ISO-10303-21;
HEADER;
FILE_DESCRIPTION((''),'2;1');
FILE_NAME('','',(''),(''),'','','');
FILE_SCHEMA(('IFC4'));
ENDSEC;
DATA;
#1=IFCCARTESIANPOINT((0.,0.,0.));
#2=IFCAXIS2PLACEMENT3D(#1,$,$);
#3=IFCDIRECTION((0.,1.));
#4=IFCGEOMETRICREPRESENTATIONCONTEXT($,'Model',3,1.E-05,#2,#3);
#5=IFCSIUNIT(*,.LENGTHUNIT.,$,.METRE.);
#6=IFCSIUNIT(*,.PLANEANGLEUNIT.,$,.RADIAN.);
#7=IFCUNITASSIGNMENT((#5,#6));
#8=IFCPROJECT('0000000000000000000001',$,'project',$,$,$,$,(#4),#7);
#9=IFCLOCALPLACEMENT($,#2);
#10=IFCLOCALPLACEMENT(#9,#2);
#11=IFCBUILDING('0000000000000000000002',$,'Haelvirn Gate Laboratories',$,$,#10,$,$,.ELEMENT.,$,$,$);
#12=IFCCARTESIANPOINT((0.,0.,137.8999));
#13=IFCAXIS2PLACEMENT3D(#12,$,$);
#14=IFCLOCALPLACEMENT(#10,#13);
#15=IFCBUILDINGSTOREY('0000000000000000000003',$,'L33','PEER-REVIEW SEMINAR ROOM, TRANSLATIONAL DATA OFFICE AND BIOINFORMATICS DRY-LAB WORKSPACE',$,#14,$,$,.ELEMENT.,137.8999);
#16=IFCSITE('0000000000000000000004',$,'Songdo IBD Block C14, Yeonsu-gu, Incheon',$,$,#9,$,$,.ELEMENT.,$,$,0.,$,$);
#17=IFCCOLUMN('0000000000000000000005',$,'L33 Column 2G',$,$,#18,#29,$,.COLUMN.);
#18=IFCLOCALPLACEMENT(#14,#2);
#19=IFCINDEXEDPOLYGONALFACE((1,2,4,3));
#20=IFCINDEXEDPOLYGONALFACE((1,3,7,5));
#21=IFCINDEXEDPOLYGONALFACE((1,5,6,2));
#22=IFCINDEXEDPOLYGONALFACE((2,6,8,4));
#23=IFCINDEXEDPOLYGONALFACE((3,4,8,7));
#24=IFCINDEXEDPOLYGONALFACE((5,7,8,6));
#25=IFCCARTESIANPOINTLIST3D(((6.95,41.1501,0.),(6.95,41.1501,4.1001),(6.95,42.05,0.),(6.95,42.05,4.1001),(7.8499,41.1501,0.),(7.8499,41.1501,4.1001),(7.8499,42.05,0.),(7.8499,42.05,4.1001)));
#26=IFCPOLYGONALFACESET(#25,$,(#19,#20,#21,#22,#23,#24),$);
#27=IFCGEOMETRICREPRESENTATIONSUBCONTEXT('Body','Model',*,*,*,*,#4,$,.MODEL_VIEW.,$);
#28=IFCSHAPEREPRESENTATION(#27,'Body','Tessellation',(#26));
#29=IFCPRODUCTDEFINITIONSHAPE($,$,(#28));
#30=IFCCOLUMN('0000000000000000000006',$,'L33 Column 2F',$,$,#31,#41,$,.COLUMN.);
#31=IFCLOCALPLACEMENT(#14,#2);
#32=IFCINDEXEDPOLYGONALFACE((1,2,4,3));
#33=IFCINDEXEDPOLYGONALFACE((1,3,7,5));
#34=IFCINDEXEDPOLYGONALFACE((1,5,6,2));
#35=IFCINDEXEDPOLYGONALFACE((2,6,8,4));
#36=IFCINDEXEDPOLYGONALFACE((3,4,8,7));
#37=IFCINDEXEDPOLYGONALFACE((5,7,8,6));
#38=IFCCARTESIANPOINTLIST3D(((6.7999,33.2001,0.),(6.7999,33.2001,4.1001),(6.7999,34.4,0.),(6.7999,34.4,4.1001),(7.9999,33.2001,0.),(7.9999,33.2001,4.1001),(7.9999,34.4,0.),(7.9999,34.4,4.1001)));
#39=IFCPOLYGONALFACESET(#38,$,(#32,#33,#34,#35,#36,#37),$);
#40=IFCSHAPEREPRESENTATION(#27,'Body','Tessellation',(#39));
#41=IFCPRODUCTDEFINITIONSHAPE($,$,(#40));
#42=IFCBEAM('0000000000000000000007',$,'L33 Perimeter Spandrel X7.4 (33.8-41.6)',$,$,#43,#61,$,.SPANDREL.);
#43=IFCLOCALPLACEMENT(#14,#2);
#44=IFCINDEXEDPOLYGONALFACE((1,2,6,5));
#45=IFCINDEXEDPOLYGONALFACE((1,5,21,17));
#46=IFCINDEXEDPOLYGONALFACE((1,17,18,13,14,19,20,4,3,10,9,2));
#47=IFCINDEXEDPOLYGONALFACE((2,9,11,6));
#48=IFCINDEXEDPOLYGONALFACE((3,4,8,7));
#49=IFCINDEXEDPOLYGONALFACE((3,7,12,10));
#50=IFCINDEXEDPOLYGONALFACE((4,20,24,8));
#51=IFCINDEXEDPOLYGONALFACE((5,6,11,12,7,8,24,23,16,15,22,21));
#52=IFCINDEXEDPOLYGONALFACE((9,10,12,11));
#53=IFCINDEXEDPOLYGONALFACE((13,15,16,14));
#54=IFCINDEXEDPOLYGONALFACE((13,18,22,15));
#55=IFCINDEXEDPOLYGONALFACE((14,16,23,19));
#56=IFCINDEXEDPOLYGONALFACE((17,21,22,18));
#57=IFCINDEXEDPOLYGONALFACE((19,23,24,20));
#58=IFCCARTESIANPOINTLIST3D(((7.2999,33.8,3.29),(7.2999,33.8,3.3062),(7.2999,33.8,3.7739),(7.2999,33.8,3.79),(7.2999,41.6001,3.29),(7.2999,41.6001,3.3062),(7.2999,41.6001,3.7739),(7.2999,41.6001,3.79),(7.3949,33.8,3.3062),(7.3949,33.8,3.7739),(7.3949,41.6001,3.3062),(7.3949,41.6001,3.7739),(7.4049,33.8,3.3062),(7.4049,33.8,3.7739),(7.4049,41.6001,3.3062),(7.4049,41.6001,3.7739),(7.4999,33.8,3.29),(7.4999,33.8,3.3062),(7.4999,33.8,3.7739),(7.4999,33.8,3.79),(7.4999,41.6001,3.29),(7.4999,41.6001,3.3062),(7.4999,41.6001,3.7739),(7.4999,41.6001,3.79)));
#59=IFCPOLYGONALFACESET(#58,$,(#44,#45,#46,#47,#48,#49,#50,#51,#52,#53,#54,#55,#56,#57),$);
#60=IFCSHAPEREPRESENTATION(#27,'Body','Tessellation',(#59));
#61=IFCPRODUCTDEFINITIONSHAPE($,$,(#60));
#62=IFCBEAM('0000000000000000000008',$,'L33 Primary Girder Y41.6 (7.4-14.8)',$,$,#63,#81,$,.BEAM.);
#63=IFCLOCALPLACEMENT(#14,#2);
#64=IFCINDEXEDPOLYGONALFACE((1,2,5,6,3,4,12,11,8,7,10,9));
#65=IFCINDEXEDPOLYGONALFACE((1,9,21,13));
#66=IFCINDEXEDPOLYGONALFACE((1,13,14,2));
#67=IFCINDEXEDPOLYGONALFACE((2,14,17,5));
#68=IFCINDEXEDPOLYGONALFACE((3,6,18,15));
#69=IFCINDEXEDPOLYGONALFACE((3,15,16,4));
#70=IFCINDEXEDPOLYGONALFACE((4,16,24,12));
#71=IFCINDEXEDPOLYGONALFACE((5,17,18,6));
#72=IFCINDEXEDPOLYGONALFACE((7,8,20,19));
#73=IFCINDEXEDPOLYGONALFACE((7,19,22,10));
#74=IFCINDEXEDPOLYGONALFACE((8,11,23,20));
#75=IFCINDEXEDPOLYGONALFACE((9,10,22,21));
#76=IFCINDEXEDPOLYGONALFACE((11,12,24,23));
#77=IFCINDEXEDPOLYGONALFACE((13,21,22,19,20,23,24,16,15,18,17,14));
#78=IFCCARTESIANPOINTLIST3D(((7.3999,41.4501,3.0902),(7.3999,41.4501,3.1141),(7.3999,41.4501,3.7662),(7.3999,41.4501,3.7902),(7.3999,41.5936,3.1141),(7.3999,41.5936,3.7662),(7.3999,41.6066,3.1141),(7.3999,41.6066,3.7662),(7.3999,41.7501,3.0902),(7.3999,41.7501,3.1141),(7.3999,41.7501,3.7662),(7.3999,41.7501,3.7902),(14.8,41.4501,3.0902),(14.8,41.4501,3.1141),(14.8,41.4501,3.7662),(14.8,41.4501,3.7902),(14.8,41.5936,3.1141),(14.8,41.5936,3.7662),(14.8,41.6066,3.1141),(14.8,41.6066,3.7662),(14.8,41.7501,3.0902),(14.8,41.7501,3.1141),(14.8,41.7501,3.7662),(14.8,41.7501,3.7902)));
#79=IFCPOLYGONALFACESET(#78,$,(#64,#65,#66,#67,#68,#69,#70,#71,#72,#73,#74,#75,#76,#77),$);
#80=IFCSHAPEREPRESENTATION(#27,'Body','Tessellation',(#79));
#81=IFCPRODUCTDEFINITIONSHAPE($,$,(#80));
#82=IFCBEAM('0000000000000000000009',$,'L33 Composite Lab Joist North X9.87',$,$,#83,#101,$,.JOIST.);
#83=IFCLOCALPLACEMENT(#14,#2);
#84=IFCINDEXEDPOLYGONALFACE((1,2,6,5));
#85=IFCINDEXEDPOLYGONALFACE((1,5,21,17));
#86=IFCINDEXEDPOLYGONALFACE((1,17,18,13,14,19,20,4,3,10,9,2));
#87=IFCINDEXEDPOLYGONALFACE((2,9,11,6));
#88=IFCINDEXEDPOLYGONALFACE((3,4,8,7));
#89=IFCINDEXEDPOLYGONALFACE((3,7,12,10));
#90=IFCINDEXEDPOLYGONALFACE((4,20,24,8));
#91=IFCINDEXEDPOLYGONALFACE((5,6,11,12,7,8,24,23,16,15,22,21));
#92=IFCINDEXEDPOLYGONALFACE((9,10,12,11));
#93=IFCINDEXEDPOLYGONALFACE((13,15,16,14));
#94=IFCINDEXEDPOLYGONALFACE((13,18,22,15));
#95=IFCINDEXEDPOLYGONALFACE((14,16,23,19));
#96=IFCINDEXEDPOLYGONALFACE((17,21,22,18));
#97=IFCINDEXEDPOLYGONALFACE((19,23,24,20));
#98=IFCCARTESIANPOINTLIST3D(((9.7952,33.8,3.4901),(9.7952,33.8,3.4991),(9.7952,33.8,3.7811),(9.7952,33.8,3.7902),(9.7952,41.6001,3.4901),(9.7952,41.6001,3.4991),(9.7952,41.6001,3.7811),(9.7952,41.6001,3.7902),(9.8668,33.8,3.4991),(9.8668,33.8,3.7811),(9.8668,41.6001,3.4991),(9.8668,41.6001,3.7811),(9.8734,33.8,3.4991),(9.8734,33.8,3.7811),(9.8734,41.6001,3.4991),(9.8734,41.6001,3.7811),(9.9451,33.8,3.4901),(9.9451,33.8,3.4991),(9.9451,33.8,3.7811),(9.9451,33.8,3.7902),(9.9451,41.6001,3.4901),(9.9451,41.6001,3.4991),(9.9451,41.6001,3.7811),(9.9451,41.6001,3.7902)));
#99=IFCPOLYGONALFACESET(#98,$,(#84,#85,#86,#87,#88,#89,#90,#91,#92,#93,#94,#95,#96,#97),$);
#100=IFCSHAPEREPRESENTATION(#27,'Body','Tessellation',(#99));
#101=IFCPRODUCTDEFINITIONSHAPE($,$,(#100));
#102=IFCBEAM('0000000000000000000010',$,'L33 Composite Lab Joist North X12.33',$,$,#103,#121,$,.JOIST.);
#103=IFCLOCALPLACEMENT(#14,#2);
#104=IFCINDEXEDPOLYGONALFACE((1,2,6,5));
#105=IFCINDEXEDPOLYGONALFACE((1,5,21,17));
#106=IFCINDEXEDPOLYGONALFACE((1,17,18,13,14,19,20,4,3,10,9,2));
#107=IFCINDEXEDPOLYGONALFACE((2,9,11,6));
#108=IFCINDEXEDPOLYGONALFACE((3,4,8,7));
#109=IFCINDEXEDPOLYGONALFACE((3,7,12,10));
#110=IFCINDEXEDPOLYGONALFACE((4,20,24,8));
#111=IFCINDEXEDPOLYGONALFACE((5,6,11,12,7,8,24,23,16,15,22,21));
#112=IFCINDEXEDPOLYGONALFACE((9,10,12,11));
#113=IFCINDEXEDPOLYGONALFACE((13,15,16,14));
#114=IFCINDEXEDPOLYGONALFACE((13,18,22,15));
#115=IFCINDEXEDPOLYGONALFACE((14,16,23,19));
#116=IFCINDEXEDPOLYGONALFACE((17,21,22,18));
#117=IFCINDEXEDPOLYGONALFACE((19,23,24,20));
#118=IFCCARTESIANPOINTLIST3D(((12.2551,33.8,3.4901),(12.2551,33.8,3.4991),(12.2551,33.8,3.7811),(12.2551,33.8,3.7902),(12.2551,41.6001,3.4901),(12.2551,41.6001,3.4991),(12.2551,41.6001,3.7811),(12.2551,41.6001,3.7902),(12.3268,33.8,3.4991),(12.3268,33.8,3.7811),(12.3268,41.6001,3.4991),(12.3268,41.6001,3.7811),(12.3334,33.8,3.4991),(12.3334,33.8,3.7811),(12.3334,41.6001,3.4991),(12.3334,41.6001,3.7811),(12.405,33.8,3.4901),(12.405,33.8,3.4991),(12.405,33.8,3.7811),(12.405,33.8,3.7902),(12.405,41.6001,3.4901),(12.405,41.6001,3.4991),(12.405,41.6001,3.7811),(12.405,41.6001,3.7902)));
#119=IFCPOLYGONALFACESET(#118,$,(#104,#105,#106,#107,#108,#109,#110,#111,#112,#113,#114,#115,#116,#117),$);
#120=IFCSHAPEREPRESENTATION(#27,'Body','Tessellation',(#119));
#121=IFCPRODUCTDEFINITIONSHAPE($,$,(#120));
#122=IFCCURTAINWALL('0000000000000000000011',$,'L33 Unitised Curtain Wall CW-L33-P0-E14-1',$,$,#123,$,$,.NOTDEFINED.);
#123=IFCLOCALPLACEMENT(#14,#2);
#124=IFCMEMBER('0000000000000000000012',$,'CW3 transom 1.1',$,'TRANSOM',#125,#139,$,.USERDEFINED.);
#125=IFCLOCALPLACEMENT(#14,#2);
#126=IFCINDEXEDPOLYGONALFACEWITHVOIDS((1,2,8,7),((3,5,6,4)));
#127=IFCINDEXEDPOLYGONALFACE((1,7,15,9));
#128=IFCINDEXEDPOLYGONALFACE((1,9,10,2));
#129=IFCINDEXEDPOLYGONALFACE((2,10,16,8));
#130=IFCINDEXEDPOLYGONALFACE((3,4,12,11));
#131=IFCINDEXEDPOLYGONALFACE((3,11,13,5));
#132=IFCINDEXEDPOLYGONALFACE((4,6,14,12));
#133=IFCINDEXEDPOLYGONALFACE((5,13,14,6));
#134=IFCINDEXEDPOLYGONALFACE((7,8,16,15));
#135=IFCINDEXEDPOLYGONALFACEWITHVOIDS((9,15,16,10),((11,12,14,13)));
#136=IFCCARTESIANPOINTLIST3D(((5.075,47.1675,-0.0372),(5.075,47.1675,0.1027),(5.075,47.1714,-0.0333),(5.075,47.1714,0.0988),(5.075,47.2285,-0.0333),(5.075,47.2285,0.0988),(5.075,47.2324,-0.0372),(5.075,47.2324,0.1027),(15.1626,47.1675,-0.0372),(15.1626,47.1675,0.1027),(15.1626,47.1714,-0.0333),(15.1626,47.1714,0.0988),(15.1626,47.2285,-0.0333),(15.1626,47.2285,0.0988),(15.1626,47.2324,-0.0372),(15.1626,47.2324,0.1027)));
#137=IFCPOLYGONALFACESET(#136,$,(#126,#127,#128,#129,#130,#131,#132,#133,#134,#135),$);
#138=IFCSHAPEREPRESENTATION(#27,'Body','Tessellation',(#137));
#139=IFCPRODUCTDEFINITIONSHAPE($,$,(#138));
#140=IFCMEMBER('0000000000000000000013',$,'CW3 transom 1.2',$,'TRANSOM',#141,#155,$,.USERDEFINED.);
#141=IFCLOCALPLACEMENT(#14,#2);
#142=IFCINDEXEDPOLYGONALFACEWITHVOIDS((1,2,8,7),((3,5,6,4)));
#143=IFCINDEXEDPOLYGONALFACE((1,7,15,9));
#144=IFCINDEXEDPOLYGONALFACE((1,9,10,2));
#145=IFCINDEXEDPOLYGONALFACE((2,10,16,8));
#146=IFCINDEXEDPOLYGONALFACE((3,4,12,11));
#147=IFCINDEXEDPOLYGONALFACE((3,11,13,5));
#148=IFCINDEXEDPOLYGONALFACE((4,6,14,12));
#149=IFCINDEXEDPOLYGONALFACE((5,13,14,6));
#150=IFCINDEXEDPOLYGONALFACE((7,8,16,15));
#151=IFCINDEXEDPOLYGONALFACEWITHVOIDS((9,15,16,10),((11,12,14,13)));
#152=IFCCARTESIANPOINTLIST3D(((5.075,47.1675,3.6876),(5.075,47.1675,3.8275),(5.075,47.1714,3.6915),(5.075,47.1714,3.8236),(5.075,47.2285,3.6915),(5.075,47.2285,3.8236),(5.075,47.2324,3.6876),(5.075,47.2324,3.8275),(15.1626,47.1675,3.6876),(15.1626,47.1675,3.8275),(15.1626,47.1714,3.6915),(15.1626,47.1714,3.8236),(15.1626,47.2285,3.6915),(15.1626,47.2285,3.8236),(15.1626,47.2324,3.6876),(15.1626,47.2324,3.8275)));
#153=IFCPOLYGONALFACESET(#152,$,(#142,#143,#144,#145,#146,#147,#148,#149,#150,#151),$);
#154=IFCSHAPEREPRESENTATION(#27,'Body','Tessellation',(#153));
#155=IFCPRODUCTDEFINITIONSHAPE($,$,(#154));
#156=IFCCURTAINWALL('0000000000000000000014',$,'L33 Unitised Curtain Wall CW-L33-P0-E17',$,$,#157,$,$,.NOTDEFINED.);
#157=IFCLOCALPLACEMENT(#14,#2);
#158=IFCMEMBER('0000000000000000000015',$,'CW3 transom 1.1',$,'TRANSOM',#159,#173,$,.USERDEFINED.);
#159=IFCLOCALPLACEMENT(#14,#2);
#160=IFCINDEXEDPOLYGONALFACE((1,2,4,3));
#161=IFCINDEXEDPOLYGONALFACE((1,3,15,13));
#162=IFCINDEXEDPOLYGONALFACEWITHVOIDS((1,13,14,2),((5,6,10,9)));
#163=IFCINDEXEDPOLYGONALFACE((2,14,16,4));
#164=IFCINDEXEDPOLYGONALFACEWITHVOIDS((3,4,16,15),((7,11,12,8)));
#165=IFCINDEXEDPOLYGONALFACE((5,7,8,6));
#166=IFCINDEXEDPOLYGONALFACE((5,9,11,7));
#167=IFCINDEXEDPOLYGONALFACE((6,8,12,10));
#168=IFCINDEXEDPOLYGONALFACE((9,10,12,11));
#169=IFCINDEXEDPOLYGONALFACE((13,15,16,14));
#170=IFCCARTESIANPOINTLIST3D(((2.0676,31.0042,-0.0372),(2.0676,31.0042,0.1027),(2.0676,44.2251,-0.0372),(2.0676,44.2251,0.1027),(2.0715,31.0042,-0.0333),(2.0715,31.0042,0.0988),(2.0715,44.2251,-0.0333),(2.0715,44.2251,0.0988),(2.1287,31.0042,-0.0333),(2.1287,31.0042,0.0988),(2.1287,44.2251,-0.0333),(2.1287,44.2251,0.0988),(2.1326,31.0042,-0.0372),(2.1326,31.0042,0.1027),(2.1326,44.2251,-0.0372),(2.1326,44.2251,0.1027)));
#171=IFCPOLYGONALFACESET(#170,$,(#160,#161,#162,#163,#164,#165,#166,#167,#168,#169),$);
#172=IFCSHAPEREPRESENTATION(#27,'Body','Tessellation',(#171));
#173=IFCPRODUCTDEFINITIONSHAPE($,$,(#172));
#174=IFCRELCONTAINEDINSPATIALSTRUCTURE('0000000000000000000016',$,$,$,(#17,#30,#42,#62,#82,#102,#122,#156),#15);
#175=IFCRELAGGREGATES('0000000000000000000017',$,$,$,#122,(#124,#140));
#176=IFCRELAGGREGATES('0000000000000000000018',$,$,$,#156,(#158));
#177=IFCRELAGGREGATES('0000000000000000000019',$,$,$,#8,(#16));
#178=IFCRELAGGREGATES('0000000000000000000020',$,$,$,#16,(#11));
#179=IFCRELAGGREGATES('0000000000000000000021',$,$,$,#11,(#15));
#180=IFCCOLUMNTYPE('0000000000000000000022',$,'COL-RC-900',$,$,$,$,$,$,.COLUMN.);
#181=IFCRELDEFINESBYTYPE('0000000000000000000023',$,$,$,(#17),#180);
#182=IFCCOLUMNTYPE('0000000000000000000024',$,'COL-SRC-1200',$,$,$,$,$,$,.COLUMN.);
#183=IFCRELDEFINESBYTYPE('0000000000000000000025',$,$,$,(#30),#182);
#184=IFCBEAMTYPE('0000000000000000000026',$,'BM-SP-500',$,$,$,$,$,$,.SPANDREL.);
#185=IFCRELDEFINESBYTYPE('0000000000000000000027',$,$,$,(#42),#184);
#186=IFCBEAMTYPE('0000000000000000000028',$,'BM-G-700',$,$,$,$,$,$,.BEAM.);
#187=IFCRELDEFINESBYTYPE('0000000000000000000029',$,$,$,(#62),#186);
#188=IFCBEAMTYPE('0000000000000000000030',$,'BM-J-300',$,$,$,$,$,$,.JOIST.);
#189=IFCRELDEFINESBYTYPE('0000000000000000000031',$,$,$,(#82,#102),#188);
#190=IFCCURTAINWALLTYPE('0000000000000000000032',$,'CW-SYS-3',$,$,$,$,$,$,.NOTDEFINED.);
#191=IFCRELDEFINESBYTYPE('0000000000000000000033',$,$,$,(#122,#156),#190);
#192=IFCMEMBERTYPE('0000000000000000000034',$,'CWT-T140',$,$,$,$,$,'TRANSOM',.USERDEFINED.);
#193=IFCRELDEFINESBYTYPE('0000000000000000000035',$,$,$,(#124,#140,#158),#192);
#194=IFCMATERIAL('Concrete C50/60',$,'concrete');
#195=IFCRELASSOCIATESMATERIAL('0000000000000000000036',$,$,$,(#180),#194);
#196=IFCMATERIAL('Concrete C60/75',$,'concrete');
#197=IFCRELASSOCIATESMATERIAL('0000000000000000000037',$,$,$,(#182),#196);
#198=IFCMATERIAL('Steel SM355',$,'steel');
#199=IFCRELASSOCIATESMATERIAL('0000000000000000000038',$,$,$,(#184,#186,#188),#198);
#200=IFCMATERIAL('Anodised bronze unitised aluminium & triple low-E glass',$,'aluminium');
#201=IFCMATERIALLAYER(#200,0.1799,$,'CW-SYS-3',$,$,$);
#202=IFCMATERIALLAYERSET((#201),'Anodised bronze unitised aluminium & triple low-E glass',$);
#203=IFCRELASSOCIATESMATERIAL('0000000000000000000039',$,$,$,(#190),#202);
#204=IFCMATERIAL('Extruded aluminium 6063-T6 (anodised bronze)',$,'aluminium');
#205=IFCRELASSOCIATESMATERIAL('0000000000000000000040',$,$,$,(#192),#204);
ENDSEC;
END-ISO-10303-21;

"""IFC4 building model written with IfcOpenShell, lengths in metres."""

from ifc_helpers import new_model, si_unit, direction, frame, origin, origin_2d, place, context, subcontext, project, spatial, rectangle, hollow_rectangle, i_section, extrude, source, transform, mapped, material, layer, layer_set, material_profile, profile_set, type_object, type_shapes, element, aggregate, save


model = new_model("IFC4")

# Units and contexts
model_context = context("Model", 3, precision=1e-05, world=origin(), true_north=direction((0.0, 1.0)))
body_context = subcontext(model_context, "Body", "Model", "MODEL_VIEW")
ifc_project = project(units=[si_unit("LENGTHUNIT", "METRE"), si_unit("PLANEANGLEUNIT", "RADIAN")], contexts=[model_context])

# Site, building, storey
site_placement = place(None, origin())
site = spatial("IfcSite", under=ifc_project, at=site_placement, Name="Songdo IBD Block C14, Yeonsu-gu, Incheon", CompositionType="ELEMENT", RefElevation=0.0)
building_placement = place(site_placement, origin())
building = spatial("IfcBuilding", under=site, at=building_placement, Name="Haelvirn Gate Laboratories", CompositionType="ELEMENT")
storey_placement = place(building_placement, frame((0.0, 0.0, 137.8999)))
storey = spatial("IfcBuildingStorey", under=building, at=storey_placement, Name="L33", Description="PEER-REVIEW SEMINAR ROOM, TRANSLATIONAL DATA OFFICE AND BIOINFORMATICS DRY-LAB WORKSPACE", CompositionType="ELEMENT", Elevation=137.8999)

# Columns
ifc_material_1 = material(Name="Concrete C50/60", Category="concrete")
ifc_material_profile_1 = material_profile(ifc_material_1, rectangle(XDim=0.8999, YDim=0.8999, at=origin_2d()), Name="RC-900x900")
ifc_profile_set_1 = profile_set([ifc_material_profile_1], Name="Concrete C50/60")
column_type_1 = type_object("IfcColumnType", Name="COL-RC-900", PredefinedType="COLUMN", material=ifc_profile_set_1)
shared_shape_1 = source(origin(), body_context, "Body", "SweptSolid", [
    extrude(rectangle(XDim=0.8999, YDim=0.8999, at=origin_2d()), origin(), (0.0, 0.0, 1.0), 4.1001),
])
type_shapes(column_type_1, [shared_shape_1])
column_1_placement = place(storey_placement, frame((7.3999, 41.6001, 0.0), z_axis=(0.0, 0.0, 1.0), x_axis=(1.0, 0.0, 0.0)))
element("IfcColumn", 1, at=column_1_placement, inside=storey, type_object=column_type_1, Name="L33 Column 2G", PredefinedType="COLUMN", context=body_context, shape_type="MappedRepresentation", body=[
    mapped(shared_shape_1, transform((0.0, 0.0, 0.0), scale=1.0)),
])
ifc_material_2 = material(Name="Concrete C60/75", Category="concrete")
ifc_material_profile_2 = material_profile(ifc_material_2, rectangle(XDim=1.2, YDim=1.2, at=origin_2d()), Name="SRC-1200x1200")
ifc_profile_set_2 = profile_set([ifc_material_profile_2], Name="Concrete C60/75")
column_type_2 = type_object("IfcColumnType", Name="COL-SRC-1200", PredefinedType="COLUMN", material=ifc_profile_set_2)
shared_shape_2 = source(origin(), body_context, "Body", "SweptSolid", [
    extrude(rectangle(XDim=1.2, YDim=1.2, at=origin_2d()), origin(), (0.0, 0.0, 1.0), 4.1001),
])
type_shapes(column_type_2, [shared_shape_2])
column_2_placement = place(storey_placement, frame((7.3999, 33.8, 0.0), z_axis=(0.0, 0.0, 1.0), x_axis=(1.0, 0.0, 0.0)))
element("IfcColumn", 2, at=column_2_placement, inside=storey, type_object=column_type_2, Name="L33 Column 2F", PredefinedType="COLUMN", context=body_context, shape_type="MappedRepresentation", body=[
    mapped(shared_shape_2, transform((0.0, 0.0, 0.0), scale=1.0)),
])

# Beams
ifc_material_3 = material(Name="Steel SM355", Category="steel")
ifc_material_profile_3 = material_profile(ifc_material_3, i_section(OverallWidth=0.2, OverallDepth=0.5, WebThickness=0.01, FlangeThickness=0.0161, at=origin_2d()), Name="H-500x200x10x16")
ifc_profile_set_3 = profile_set([ifc_material_profile_3], Name="Steel SM355")
beam_type_1 = type_object("IfcBeamType", Name="BM-SP-500", PredefinedType="SPANDREL", material=ifc_profile_set_3)
shared_shape_3 = source(origin(), body_context, "Body", "SweptSolid", [
    extrude(i_section(OverallWidth=0.2, OverallDepth=0.5, WebThickness=0.01, FlangeThickness=0.0161, at=origin_2d()), origin(), (0.0, 0.0, 1.0), 7.8),
])
type_shapes(beam_type_1, [shared_shape_3])
beam_1_placement = place(storey_placement, frame((7.3999, 33.8, 3.54), z_axis=(0.0, 1.0, 0.0), x_axis=(-1.0, 0.0, 0.0)))
element("IfcBeam", 3, at=beam_1_placement, inside=storey, type_object=beam_type_1, Name="L33 Perimeter Spandrel X7.4 (33.8-41.6)", PredefinedType="SPANDREL", context=body_context, shape_type="MappedRepresentation", body=[
    mapped(shared_shape_3, transform((0.0, 0.0, 0.0), scale=1.0)),
])
ifc_material_profile_4 = material_profile(ifc_material_3, i_section(OverallWidth=0.3, OverallDepth=0.7, WebThickness=0.0129, FlangeThickness=0.0239, at=origin_2d()), Name="H-700x300x13x24")
ifc_profile_set_4 = profile_set([ifc_material_profile_4], Name="Steel SM355")
beam_type_2 = type_object("IfcBeamType", Name="BM-G-700", PredefinedType="BEAM", material=ifc_profile_set_4)
shared_shape_4 = source(origin(), body_context, "Body", "SweptSolid", [
    extrude(i_section(OverallWidth=0.3, OverallDepth=0.7, WebThickness=0.0129, FlangeThickness=0.0239, at=origin_2d()), origin(), (0.0, 0.0, 1.0), 7.4001),
])
type_shapes(beam_type_2, [shared_shape_4])
beam_2_placement = place(storey_placement, frame((7.3999, 41.6001, 3.4402), z_axis=(1.0, 0.0, 0.0), x_axis=(0.0, 1.0, 0.0)))
element("IfcBeam", 4, at=beam_2_placement, inside=storey, type_object=beam_type_2, Name="L33 Primary Girder Y41.6 (7.4-14.8)", PredefinedType="BEAM", context=body_context, shape_type="MappedRepresentation", body=[
    mapped(shared_shape_4, transform((0.0, 0.0, 0.0), scale=1.0)),
])
ifc_material_profile_5 = material_profile(ifc_material_3, i_section(OverallWidth=0.1499, OverallDepth=0.3, WebThickness=0.0066, FlangeThickness=0.009, at=origin_2d()), Name="H-300x150x6.5x9")
ifc_profile_set_5 = profile_set([ifc_material_profile_5], Name="Steel SM355")
beam_type_3 = type_object("IfcBeamType", Name="BM-J-300", PredefinedType="JOIST", material=ifc_profile_set_5)
shared_shape_5 = source(origin(), body_context, "Body", "SweptSolid", [
    extrude(i_section(OverallWidth=0.1499, OverallDepth=0.3, WebThickness=0.0066, FlangeThickness=0.009, at=origin_2d()), origin(), (0.0, 0.0, 1.0), 7.8),
])
type_shapes(beam_type_3, [shared_shape_5])
for number, where, z_axis, x_axis, name in (
    (5, (9.8701, 33.8, 3.6401), (0.0, 1.0, 0.0), (-1.0, 0.0, 0.0), "L33 Composite Lab Joist North X9.87"),
    (6, (12.3301, 33.8, 3.6401), (0.0, 1.0, 0.0), (-1.0, 0.0, 0.0), "L33 Composite Lab Joist North X12.33"),
):
    element("IfcBeam", number, at=place(storey_placement, frame(where, z_axis=z_axis, x_axis=x_axis)), inside=storey, type_object=beam_type_3, Name=name, PredefinedType="JOIST", context=body_context, shape_type="MappedRepresentation", body=[
        mapped(shared_shape_5, transform((0.0, 0.0, 0.0), scale=1.0)),
    ])

# Curtain walls, members
ifc_material_4 = material(Name="Anodised bronze unitised aluminium & triple low-E glass", Category="aluminium")
ifc_layer_1 = layer(ifc_material_4, 0.1799, Name="CW-SYS-3")
ifc_layer_set_1 = layer_set([ifc_layer_1], Name="Anodised bronze unitised aluminium & triple low-E glass")
curtain_wall_type_1 = type_object("IfcCurtainWallType", Name="CW-SYS-3", PredefinedType="NOTDEFINED", material=ifc_layer_set_1)
curtain_wall_1_placement = place(storey_placement, origin())
curtain_wall_1 = element("IfcCurtainWall", 7, at=curtain_wall_1_placement, inside=storey, type_object=curtain_wall_type_1, Name="L33 Unitised Curtain Wall CW-L33-P0-E14-1", PredefinedType="NOTDEFINED")
ifc_material_5 = material(Name="Extruded aluminium 6063-T6 (anodised bronze)", Category="aluminium")
ifc_material_profile_6 = material_profile(ifc_material_5, hollow_rectangle(XDim=0.0649, YDim=0.1399, WallThickness=0.0039, at=origin_2d()), Name="CWT-140x65x4")
ifc_profile_set_6 = profile_set([ifc_material_profile_6], Name="Extruded aluminium 6063-T6 (anodised bronze)")
member_type_1 = type_object("IfcMemberType", Name="CWT-T140", ElementType="TRANSOM", PredefinedType="USERDEFINED", material=ifc_profile_set_6)
shared_shape_6 = source(origin(), body_context, "Body", "SweptSolid", [
    extrude(hollow_rectangle(XDim=0.0649, YDim=0.1399, WallThickness=0.0039, at=origin_2d()), origin(), (0.0, 0.0, 1.0), 10.0876),
])
member_1_placement = place(storey_placement, frame((5.075, 47.2, 0.0327), z_axis=(1.0, 0.0, 0.0), x_axis=(0.0, 1.0, 0.0)))
member_1 = element("IfcMember", 8, at=member_1_placement, type_object=member_type_1, Name="CW3 transom 1.1", ObjectType="TRANSOM", PredefinedType="USERDEFINED", context=body_context, shape_type="MappedRepresentation", body=[
    mapped(shared_shape_6, transform((0.0, 0.0, 0.0), scale=1.0)),
])
member_2_placement = place(storey_placement, frame((5.075, 47.2, 3.7576), z_axis=(1.0, 0.0, 0.0), x_axis=(0.0, 1.0, 0.0)))
member_2 = element("IfcMember", 9, at=member_2_placement, type_object=member_type_1, Name="CW3 transom 1.2", ObjectType="TRANSOM", PredefinedType="USERDEFINED", context=body_context, shape_type="MappedRepresentation", body=[
    mapped(shared_shape_6, transform((0.0, 0.0, 0.0), scale=1.0)),
])
curtain_wall_2_placement = place(storey_placement, origin())
curtain_wall_2 = element("IfcCurtainWall", 10, at=curtain_wall_2_placement, inside=storey, type_object=curtain_wall_type_1, Name="L33 Unitised Curtain Wall CW-L33-P0-E17", PredefinedType="NOTDEFINED")
shared_shape_7 = source(origin(), body_context, "Body", "SweptSolid", [
    extrude(hollow_rectangle(XDim=0.0649, YDim=0.1399, WallThickness=0.0039, at=origin_2d()), origin(), (0.0, 0.0, 1.0), 13.2209),
])
member_3_placement = place(storey_placement, frame((2.1001, 44.2251, 0.0327), z_axis=(0.0, -1.0, 0.0), x_axis=(1.0, 0.0, 0.0)))
member_3 = element("IfcMember", 11, at=member_3_placement, type_object=member_type_1, Name="CW3 transom 1.1", ObjectType="TRANSOM", PredefinedType="USERDEFINED", context=body_context, shape_type="MappedRepresentation", body=[
    mapped(shared_shape_7, transform((0.0, 0.0, 0.0), scale=1.0)),
])

aggregate(curtain_wall_1, [member_1, member_2])
aggregate(curtain_wall_2, [member_3])

save(model, "model.ifc")
